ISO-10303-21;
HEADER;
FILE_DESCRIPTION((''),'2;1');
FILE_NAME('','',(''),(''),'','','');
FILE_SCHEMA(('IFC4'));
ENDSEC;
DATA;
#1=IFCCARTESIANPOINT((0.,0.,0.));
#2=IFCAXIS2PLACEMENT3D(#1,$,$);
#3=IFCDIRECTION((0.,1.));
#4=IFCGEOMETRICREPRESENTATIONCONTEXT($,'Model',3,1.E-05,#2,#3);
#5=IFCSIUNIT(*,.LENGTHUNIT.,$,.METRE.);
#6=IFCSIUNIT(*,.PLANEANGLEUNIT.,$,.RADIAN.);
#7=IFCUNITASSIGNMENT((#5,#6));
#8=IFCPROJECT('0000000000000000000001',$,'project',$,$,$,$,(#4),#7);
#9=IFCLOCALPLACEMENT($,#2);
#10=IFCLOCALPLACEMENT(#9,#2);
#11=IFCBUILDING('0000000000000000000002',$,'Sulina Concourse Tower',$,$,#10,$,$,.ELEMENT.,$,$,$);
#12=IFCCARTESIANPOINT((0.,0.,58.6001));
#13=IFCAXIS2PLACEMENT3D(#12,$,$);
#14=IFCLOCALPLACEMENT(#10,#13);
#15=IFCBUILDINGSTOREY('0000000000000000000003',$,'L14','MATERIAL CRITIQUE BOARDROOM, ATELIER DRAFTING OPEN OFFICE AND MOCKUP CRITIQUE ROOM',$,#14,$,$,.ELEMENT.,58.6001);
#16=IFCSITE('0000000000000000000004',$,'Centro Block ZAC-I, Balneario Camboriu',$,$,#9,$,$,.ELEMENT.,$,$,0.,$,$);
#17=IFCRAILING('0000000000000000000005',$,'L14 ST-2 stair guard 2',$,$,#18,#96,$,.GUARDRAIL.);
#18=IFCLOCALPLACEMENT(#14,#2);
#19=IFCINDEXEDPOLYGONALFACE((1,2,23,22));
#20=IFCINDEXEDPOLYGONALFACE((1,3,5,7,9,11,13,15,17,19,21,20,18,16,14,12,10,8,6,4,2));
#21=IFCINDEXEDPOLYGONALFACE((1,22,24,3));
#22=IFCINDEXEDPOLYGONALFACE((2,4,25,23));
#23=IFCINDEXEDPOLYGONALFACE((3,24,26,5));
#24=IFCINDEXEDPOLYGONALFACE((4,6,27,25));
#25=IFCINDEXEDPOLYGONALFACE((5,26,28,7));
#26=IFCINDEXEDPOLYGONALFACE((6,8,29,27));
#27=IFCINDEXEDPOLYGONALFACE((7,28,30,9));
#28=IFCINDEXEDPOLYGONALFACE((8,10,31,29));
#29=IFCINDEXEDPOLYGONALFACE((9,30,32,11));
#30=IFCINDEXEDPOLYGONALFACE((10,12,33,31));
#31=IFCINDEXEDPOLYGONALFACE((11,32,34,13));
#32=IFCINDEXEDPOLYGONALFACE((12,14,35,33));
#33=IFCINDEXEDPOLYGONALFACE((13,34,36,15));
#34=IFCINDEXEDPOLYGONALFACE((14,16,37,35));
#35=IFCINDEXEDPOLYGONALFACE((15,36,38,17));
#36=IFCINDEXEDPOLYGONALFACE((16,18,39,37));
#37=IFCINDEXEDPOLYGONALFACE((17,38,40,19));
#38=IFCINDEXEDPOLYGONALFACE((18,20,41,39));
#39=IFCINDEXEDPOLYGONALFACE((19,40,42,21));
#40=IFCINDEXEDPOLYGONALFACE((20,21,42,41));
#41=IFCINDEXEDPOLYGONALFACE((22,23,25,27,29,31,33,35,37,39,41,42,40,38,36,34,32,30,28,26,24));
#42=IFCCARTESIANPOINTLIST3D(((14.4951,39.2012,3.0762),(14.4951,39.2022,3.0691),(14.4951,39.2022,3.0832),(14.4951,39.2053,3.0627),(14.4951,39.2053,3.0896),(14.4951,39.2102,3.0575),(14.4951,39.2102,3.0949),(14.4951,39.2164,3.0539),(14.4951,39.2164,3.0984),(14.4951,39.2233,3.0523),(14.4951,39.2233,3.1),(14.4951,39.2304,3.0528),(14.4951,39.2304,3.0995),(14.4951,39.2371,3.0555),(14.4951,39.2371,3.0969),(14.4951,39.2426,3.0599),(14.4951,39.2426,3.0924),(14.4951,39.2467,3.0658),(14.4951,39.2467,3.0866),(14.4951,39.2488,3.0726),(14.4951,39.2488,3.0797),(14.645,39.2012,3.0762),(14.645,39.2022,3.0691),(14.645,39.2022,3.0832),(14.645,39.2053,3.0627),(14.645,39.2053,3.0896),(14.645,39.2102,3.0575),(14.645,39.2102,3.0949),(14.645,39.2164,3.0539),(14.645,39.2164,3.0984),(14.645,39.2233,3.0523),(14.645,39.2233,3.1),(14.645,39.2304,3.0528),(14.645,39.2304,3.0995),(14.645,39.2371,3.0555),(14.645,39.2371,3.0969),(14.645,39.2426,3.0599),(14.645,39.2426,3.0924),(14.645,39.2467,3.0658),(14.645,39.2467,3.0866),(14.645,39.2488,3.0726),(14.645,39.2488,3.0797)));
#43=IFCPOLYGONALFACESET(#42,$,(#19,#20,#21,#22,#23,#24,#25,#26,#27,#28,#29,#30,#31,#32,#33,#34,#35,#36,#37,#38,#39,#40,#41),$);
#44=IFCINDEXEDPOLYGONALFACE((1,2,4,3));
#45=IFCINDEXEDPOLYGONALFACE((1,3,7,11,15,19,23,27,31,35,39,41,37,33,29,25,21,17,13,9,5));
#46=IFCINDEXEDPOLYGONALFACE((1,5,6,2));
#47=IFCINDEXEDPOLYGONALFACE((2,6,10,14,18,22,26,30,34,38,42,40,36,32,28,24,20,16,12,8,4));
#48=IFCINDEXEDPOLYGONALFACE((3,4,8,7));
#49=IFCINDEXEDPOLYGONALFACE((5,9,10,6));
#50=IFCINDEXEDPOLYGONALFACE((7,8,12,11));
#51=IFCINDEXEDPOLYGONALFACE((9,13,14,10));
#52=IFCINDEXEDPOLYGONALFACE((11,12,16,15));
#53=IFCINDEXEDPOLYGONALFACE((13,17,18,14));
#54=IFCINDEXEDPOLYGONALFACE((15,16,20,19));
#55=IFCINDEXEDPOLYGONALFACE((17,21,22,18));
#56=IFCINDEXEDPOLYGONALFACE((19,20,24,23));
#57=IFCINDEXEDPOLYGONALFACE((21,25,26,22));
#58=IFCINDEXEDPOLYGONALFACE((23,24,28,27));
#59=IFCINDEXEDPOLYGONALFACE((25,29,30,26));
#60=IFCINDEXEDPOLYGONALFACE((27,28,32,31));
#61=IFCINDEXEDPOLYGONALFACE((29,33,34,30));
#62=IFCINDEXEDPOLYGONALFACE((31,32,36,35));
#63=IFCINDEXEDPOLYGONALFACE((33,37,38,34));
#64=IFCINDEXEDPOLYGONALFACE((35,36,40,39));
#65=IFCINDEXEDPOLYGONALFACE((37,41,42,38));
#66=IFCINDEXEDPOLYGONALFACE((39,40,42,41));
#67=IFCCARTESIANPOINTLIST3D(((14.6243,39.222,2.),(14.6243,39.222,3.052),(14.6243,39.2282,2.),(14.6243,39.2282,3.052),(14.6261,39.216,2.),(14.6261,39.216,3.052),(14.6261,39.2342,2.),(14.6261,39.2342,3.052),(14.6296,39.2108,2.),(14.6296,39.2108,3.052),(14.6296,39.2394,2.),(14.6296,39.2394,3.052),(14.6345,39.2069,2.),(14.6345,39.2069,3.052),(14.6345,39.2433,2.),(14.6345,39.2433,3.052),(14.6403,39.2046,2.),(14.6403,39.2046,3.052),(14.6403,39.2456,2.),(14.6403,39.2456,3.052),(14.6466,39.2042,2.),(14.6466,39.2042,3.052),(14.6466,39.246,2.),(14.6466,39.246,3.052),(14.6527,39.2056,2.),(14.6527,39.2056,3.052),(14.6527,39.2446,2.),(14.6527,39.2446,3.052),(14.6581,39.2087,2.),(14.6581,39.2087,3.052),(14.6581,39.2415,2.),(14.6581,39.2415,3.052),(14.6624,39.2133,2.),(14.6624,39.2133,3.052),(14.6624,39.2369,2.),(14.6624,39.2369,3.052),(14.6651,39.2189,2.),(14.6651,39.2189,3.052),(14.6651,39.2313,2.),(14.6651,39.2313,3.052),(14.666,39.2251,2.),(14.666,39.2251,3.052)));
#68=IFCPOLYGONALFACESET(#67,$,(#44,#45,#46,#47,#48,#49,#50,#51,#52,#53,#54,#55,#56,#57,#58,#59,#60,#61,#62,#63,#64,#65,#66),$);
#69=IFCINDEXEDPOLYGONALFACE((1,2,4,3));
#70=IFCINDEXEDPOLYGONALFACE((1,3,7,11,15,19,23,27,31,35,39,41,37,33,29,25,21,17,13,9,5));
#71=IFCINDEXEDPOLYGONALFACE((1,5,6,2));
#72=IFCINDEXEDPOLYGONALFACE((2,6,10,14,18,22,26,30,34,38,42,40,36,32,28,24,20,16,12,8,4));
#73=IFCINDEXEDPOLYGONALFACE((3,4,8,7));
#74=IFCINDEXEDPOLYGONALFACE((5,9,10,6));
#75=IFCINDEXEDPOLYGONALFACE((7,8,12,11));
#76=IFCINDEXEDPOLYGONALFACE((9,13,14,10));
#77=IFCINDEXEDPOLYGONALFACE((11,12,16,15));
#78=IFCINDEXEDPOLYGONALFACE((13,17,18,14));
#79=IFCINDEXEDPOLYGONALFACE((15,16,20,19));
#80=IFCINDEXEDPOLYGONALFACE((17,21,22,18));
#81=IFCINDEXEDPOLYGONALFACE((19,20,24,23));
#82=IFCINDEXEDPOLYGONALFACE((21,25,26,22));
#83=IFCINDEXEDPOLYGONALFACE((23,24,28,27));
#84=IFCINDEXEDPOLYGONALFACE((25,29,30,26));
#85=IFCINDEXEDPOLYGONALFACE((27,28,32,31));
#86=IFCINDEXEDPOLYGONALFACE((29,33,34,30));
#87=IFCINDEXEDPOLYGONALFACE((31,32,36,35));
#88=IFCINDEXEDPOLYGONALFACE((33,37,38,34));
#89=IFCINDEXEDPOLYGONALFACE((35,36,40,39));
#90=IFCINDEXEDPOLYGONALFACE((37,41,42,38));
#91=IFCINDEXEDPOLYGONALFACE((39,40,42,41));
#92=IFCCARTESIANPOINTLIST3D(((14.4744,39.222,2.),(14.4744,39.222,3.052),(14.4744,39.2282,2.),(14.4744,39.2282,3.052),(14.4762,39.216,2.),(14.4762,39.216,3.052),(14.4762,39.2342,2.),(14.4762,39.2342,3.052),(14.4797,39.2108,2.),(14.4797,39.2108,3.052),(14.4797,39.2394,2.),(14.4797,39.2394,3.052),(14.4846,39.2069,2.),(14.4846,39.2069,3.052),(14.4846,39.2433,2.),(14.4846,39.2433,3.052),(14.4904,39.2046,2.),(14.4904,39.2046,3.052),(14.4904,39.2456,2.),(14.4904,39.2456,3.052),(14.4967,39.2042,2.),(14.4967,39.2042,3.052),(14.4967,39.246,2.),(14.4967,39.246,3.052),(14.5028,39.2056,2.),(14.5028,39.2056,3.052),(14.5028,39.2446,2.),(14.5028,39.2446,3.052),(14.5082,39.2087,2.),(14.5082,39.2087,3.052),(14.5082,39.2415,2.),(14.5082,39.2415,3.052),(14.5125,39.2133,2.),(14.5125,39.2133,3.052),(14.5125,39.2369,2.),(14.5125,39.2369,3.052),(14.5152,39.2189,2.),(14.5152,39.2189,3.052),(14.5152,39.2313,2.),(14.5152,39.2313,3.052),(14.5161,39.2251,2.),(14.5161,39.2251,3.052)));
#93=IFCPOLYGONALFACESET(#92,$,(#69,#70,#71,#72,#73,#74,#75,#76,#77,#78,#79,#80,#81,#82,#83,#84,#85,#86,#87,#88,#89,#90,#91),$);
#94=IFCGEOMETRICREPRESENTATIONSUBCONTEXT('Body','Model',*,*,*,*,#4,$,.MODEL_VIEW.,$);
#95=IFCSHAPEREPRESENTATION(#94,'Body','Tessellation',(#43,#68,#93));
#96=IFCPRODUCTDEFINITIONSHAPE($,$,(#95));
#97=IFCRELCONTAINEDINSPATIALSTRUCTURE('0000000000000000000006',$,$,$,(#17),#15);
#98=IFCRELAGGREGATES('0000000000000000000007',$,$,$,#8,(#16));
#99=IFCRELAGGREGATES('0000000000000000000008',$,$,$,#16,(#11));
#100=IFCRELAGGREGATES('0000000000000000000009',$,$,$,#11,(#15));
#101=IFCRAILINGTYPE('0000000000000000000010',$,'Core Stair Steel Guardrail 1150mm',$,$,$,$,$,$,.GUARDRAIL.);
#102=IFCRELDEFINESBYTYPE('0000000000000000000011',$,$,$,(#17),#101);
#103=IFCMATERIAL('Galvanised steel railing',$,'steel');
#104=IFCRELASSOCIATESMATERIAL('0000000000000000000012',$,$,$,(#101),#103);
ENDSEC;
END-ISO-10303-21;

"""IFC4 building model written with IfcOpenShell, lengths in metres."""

from ifc_helpers import new_model, si_unit, direction, frame, origin, origin_2d, place, context, subcontext, project, spatial, circle, extrude, material, type_object, element, save


model = new_model("IFC4")

# Units and contexts
model_context = context("Model", 3, precision=1e-05, world=origin(), true_north=direction((0.0, 1.0)))
body_context = subcontext(model_context, "Body", "Model", "MODEL_VIEW")
ifc_project = project(units=[si_unit("LENGTHUNIT", "METRE"), si_unit("PLANEANGLEUNIT", "RADIAN")], contexts=[model_context])

# Site, building, storey
site_placement = place(None, origin())
site = spatial("IfcSite", under=ifc_project, at=site_placement, Name="Centro Block ZAC-I, Balneario Camboriu", CompositionType="ELEMENT", RefElevation=0.0)
building_placement = place(site_placement, origin())
building = spatial("IfcBuilding", under=site, at=building_placement, Name="Sulina Concourse Tower", CompositionType="ELEMENT")
storey_placement = place(building_placement, frame((0.0, 0.0, 58.6001)))
storey = spatial("IfcBuildingStorey", under=building, at=storey_placement, Name="L14", Description="MATERIAL CRITIQUE BOARDROOM, ATELIER DRAFTING OPEN OFFICE AND MOCKUP CRITIQUE ROOM", CompositionType="ELEMENT", Elevation=58.6001)

# Railing
ifc_material_1 = material(Name="Galvanised steel railing", Category="steel")
railing_type_1 = type_object("IfcRailingType", Name="Core Stair Steel Guardrail 1150mm", PredefinedType="GUARDRAIL", material=ifc_material_1)
railing_1_placement = place(storey_placement, frame((14.645, 39.2251, 2.0)))
element("IfcRailing", 1, at=railing_1_placement, inside=storey, type_object=railing_type_1, Name="L14 ST-2 stair guard 2", PredefinedType="GUARDRAIL", context=body_context, shape_type="SweptSolid", body=[
    extrude(circle(Radius=0.0239, at=origin_2d()), frame((0.0, 0.0, 1.0762), z_axis=(-1.0, 0.0, 0.0), x_axis=(0.0, -1.0, 0.0)), (0.0, 0.0, 1.0), 0.1499),
    extrude(circle(Radius=0.021, at=origin_2d()), origin(), (0.0, 0.0, 1.0), 1.052),
    extrude(circle(Radius=0.021, at=origin_2d()), frame((-0.1499, 0.0, 0.0)), (0.0, 0.0, 1.0), 1.052),
])

save(model, "model.ifc")
